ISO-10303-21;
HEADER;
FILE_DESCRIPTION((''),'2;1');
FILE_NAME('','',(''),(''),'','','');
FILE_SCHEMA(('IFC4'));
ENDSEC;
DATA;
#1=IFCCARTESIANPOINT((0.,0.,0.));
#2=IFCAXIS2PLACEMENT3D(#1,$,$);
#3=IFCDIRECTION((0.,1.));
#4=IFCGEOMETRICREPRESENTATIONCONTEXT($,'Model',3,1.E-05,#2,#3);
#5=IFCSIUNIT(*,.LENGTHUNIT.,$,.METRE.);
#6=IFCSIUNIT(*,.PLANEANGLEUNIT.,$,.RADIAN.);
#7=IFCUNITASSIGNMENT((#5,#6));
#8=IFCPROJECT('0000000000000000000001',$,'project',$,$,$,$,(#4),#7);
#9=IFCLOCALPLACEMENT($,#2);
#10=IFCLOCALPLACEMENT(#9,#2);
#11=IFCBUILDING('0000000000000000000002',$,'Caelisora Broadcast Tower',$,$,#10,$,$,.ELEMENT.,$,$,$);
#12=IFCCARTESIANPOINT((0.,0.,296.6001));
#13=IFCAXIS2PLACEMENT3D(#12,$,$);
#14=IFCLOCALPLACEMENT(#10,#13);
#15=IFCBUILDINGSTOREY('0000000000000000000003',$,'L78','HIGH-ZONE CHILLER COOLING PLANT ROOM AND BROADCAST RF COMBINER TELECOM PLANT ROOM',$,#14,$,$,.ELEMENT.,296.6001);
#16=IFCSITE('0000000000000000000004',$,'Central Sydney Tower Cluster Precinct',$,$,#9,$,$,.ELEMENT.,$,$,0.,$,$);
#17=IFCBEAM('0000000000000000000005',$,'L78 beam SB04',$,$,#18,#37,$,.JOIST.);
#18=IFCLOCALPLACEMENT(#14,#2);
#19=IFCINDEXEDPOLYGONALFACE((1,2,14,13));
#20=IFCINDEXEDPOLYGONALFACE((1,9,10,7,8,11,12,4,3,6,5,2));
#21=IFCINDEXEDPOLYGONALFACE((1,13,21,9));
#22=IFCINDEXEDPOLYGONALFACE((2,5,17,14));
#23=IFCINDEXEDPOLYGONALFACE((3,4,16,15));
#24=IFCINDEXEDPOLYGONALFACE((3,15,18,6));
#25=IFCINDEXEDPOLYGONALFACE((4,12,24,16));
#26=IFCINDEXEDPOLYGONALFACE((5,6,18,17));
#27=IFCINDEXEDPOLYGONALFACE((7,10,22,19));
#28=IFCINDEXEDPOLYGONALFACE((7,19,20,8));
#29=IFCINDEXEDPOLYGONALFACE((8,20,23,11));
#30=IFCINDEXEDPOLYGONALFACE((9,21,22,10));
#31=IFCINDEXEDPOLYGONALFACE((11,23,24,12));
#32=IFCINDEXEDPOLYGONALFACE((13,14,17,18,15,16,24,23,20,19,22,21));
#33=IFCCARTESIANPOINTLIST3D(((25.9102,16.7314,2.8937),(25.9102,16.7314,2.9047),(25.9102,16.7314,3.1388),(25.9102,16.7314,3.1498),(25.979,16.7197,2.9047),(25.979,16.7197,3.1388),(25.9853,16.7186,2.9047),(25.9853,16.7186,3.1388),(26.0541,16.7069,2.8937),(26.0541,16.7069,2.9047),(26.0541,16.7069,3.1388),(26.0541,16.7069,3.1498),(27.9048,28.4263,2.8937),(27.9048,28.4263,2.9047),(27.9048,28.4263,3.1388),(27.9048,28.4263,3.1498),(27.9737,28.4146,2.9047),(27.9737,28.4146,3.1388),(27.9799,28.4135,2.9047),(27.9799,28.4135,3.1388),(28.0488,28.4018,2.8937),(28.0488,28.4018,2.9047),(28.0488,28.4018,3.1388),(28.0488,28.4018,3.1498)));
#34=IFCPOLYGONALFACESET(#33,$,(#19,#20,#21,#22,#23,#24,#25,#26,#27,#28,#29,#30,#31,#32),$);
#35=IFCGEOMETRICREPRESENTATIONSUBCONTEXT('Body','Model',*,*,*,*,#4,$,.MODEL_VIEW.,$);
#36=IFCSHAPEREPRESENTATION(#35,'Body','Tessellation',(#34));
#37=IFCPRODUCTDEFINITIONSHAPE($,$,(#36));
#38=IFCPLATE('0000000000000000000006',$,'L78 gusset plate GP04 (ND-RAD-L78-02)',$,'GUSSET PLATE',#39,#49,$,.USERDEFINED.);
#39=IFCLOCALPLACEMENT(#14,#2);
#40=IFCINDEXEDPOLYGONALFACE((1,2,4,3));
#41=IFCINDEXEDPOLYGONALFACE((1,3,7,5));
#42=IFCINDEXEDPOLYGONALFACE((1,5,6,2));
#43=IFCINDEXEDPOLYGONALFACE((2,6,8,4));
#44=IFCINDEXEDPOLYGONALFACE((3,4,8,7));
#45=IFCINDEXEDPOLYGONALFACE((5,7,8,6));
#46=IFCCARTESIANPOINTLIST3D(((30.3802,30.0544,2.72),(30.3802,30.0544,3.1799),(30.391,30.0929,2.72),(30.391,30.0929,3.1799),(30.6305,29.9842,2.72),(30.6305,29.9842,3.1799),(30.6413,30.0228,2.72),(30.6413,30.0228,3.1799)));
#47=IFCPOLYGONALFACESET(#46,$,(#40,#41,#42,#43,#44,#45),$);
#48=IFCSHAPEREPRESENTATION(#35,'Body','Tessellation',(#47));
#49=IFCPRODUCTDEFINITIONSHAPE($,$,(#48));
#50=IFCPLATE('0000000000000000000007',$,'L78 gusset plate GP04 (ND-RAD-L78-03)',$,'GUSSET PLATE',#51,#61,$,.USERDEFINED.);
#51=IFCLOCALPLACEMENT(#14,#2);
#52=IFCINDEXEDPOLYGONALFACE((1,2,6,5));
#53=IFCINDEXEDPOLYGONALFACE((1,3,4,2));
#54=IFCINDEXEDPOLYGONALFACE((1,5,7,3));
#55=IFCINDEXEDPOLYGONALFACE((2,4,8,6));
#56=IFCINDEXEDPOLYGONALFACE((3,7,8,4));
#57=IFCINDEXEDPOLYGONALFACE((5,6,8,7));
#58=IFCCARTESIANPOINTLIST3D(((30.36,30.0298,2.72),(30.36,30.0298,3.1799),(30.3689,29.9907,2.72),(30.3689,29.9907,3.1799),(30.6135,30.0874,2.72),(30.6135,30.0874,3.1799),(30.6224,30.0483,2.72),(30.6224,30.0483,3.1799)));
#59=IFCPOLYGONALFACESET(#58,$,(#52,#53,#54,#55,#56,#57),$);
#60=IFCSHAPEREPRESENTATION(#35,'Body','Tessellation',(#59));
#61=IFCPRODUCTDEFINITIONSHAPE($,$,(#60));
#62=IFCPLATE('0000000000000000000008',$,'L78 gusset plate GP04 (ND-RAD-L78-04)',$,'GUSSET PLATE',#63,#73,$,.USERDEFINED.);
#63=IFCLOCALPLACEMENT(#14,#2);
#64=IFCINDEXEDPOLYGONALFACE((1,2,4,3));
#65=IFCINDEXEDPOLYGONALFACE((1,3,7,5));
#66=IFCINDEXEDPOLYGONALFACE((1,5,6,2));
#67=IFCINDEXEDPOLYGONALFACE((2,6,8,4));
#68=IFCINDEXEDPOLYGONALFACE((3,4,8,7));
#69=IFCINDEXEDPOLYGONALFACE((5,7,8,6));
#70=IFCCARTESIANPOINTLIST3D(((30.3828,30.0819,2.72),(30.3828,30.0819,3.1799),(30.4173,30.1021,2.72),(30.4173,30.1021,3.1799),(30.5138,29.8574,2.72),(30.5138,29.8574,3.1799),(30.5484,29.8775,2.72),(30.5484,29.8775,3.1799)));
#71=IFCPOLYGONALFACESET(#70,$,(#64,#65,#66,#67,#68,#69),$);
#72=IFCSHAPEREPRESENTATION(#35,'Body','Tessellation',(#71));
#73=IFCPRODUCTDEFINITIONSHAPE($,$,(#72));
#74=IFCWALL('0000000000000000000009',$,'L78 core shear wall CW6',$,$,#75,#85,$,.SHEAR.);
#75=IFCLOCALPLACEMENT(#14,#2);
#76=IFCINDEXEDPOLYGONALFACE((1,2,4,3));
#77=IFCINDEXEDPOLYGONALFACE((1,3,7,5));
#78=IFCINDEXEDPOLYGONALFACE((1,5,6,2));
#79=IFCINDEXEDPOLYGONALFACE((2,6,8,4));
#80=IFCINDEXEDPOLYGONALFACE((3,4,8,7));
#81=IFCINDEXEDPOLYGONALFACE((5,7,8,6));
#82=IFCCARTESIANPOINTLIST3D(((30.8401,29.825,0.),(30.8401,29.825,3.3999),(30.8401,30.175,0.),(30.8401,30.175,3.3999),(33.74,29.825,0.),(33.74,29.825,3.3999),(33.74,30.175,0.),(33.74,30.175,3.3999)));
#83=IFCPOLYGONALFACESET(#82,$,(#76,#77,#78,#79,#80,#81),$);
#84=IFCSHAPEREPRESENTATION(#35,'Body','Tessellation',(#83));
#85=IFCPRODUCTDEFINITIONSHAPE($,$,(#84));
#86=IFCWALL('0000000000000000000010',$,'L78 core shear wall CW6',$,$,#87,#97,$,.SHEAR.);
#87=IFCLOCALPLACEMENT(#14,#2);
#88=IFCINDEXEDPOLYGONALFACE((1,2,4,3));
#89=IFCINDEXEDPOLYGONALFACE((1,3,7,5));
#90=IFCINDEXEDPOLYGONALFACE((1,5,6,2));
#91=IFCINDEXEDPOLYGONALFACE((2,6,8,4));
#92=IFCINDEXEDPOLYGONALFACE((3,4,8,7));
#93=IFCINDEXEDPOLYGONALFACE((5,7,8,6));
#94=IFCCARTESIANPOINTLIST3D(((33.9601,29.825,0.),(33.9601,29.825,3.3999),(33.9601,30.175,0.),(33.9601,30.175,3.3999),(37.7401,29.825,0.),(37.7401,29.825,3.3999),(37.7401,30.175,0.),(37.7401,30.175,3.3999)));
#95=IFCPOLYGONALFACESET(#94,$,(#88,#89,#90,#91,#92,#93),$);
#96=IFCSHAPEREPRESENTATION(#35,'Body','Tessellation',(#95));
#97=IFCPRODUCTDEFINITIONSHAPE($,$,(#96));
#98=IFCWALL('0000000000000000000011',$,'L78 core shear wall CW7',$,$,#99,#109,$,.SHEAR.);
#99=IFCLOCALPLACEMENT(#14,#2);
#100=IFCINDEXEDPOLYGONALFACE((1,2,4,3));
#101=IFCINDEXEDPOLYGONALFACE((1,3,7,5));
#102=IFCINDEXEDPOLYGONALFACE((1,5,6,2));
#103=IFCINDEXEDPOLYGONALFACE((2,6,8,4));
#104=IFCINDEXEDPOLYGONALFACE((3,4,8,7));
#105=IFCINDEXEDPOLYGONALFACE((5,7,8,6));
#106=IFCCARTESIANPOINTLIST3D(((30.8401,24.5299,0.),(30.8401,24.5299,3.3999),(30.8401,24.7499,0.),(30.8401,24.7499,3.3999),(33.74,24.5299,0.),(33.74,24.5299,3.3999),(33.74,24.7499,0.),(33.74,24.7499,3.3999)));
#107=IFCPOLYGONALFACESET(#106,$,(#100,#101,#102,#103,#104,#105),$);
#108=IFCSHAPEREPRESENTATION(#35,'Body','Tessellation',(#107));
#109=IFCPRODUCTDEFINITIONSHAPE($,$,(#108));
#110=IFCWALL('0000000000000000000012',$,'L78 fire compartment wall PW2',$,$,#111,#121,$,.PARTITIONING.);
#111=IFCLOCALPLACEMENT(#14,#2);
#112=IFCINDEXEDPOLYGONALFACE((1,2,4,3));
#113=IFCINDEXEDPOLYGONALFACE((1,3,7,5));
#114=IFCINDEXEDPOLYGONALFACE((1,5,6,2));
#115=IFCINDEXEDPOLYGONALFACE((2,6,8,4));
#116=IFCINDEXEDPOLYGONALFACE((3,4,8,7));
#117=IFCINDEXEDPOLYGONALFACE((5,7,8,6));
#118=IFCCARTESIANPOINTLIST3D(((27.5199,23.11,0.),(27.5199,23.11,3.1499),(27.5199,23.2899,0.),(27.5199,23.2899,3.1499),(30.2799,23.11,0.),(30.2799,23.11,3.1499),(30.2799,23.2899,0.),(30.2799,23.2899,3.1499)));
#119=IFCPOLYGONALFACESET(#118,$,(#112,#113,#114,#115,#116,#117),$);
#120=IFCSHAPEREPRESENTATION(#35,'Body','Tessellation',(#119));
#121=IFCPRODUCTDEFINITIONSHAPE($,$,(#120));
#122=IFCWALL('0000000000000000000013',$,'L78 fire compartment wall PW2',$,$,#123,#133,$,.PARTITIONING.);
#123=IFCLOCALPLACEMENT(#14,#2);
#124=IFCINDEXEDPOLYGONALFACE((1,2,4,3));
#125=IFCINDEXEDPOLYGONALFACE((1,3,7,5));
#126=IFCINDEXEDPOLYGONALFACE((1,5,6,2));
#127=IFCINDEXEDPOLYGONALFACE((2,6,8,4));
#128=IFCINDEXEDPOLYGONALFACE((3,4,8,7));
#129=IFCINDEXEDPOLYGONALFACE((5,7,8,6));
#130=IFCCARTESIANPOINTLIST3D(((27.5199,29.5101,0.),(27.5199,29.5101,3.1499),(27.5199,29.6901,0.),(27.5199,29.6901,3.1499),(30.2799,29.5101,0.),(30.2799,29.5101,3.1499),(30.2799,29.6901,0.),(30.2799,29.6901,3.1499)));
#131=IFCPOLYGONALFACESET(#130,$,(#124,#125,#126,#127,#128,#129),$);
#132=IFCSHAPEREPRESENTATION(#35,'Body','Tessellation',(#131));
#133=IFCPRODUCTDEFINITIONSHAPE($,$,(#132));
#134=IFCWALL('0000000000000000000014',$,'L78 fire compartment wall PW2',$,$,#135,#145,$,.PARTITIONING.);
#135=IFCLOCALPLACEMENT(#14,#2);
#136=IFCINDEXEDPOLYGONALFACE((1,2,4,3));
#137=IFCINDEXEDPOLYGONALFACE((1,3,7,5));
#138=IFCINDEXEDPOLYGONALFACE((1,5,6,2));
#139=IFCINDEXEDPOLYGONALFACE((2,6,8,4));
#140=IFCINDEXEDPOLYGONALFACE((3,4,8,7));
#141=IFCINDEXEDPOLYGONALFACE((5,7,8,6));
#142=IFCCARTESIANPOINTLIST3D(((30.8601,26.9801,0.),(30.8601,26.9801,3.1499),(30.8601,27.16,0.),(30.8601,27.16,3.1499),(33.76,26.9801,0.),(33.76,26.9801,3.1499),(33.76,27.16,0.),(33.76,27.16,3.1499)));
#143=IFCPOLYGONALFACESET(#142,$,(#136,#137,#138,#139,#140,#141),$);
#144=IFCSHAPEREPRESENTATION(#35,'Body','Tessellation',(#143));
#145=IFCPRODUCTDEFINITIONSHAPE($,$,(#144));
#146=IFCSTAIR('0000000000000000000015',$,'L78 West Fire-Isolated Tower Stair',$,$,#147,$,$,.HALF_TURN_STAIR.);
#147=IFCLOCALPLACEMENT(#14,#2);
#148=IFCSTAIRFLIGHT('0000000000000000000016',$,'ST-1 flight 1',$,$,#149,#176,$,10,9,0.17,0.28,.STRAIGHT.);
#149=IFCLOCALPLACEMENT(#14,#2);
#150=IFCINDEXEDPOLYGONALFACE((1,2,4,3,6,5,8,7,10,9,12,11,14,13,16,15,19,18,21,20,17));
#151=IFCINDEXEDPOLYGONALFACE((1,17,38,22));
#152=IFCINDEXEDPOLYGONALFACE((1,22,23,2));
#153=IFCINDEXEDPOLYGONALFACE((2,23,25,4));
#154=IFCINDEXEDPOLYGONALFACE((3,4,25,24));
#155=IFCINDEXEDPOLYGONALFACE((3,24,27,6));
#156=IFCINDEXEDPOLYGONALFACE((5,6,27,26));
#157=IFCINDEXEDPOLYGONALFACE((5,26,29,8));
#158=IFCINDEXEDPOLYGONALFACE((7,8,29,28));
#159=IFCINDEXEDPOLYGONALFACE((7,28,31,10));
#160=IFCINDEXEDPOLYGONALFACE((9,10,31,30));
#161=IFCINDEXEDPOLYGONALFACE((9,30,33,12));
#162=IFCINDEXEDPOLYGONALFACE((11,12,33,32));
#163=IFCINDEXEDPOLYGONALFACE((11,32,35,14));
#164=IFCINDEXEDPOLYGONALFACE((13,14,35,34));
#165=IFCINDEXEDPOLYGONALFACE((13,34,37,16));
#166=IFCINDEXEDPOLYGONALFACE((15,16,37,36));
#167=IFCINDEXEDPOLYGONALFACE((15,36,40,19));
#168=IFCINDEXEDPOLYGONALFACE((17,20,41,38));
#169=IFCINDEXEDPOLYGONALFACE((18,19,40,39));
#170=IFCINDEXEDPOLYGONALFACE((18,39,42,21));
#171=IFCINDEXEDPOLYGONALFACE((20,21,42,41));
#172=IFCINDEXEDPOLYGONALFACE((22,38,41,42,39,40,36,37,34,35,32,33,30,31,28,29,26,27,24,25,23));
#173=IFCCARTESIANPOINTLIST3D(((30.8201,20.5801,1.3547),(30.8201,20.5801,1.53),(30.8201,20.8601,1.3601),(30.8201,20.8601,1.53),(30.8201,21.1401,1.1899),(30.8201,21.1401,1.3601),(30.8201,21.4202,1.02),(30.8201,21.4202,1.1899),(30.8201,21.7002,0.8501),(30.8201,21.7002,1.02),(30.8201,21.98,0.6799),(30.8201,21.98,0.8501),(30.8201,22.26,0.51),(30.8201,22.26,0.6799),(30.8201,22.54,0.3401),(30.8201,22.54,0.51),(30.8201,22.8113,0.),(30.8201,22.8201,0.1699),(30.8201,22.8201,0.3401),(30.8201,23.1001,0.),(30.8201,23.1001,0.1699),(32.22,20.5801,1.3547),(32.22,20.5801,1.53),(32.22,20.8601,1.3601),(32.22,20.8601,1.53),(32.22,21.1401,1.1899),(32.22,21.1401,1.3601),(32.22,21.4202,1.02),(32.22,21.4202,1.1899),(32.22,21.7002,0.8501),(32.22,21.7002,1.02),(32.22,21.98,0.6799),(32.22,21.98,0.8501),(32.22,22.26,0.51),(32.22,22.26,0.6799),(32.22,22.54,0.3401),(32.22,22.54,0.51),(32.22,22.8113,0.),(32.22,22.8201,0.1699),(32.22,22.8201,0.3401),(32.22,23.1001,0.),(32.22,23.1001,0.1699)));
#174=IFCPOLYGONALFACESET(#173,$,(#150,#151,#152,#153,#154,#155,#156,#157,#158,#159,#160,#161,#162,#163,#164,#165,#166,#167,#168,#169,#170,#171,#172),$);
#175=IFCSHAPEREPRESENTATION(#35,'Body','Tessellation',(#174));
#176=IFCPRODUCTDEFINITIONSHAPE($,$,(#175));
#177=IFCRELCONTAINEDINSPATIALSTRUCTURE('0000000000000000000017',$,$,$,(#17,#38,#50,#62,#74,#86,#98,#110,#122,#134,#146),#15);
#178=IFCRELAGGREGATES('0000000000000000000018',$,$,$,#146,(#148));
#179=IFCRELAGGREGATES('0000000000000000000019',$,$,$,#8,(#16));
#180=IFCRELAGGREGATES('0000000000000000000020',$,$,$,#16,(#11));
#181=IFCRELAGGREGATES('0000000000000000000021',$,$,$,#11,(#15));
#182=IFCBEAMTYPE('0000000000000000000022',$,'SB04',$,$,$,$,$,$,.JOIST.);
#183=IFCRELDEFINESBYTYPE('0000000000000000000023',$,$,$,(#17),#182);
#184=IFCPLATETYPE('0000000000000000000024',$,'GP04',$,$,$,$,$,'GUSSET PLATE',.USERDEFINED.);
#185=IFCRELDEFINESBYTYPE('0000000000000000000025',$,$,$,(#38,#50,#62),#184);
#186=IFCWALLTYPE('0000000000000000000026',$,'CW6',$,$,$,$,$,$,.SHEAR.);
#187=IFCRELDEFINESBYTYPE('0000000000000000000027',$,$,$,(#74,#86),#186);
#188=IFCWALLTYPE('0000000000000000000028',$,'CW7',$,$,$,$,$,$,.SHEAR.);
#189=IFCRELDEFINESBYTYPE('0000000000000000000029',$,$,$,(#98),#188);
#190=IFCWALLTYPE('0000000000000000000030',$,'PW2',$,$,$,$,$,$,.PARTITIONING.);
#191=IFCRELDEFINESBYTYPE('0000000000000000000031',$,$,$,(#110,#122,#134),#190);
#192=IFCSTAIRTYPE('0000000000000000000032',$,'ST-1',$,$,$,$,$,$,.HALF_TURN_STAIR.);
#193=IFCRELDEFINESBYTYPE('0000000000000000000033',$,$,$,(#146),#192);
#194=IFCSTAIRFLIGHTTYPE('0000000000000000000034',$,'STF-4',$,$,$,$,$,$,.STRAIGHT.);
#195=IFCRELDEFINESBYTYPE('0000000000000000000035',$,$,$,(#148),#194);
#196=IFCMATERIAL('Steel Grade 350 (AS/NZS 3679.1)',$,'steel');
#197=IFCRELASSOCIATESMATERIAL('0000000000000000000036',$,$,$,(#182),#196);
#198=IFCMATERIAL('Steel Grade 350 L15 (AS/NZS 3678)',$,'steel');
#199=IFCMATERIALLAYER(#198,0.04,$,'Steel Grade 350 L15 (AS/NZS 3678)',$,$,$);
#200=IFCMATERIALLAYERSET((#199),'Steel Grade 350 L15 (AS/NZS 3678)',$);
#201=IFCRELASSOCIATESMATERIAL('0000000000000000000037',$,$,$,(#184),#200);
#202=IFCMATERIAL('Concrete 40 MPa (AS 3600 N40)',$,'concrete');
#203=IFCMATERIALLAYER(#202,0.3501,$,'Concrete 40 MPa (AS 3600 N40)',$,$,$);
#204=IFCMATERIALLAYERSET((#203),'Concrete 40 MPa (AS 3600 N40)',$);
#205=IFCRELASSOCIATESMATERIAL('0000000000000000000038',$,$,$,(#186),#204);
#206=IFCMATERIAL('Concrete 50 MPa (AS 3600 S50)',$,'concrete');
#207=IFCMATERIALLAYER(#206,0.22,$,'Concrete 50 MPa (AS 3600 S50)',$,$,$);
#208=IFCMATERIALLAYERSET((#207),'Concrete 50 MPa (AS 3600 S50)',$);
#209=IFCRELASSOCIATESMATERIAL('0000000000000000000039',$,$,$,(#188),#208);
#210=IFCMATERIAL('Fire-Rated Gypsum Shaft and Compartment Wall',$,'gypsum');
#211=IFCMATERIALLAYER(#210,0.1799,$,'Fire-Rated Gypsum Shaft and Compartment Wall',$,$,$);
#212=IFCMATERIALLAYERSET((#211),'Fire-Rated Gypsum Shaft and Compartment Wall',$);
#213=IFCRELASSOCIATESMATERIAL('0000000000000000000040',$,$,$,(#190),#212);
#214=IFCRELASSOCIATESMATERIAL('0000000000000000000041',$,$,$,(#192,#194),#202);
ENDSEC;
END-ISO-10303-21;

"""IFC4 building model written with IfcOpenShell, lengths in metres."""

from ifc_helpers import new_model, si_unit, direction, frame, frame_2d, origin, origin_2d, place, context, subcontext, project, spatial, polyline, rectangle, i_section, outline, extrude, source, transform, mapped, material, layer, layer_set, material_profile, profile_set, type_object, type_shapes, element, aggregate, save


model = new_model("IFC4")

# Units and contexts
model_context = context("Model", 3, precision=1e-05, world=origin(), true_north=direction((0.0, 1.0)))
body_context = subcontext(model_context, "Body", "Model", "MODEL_VIEW")
ifc_project = project(units=[si_unit("LENGTHUNIT", "METRE"), si_unit("PLANEANGLEUNIT", "RADIAN")], contexts=[model_context])

# Site, building, storey
site_placement = place(None, origin())
site = spatial("IfcSite", under=ifc_project, at=site_placement, Name="Central Sydney Tower Cluster Precinct", CompositionType="ELEMENT", RefElevation=0.0)
building_placement = place(site_placement, origin())
building = spatial("IfcBuilding", under=site, at=building_placement, Name="Caelisora Broadcast Tower", CompositionType="ELEMENT")
storey_placement = place(building_placement, frame((0.0, 0.0, 296.6001)))
storey = spatial("IfcBuildingStorey", under=building, at=storey_placement, Name="L78", Description="HIGH-ZONE CHILLER COOLING PLANT ROOM AND BROADCAST RF COMBINER TELECOM PLANT ROOM", CompositionType="ELEMENT", Elevation=296.6001)

# Shared definitions
ifc_material_1 = material(Name="Steel Grade 350 (AS/NZS 3679.1)", Category="steel")

# Beam
ifc_material_2 = material(Name="Concrete 50 MPa (AS 3600 S50)", Category="concrete")
ifc_material_profile_1 = material_profile(ifc_material_1, i_section(OverallWidth=0.146, OverallDepth=0.2561, WebThickness=0.0063, FlangeThickness=0.011, at=origin_2d()), Name="Steel Grade 350 (AS/NZS 3679.1)")
ifc_profile_set_1 = profile_set([ifc_material_profile_1], Name="Steel Grade 350 (AS/NZS 3679.1)")
beam_type_1 = type_object("IfcBeamType", Name="SB04", PredefinedType="JOIST", material=ifc_profile_set_1)
shared_shape_1 = source(origin(), body_context, "Body", "SweptSolid", [
    extrude(i_section(OverallWidth=0.146, OverallDepth=0.2561, WebThickness=0.0063, FlangeThickness=0.011, at=origin_2d()), origin(), (0.0, 0.0, 1.0), 11.8638),
])
beam_1_placement = place(storey_placement, frame((27.9768, 28.4141, 3.0217), z_axis=(-0.168129, -0.985765, 0.0), x_axis=(0.985765, -0.168129, 0.0)))
element("IfcBeam", 1, at=beam_1_placement, inside=storey, type_object=beam_type_1, Name="L78 beam SB04", PredefinedType="JOIST", context=body_context, shape_type="MappedRepresentation", body=[
    mapped(shared_shape_1, transform((0.0, 0.0, 0.0), scale=1.0)),
])

# Plates
ifc_material_3 = material(Name="Steel Grade 350 L15 (AS/NZS 3678)", Category="steel")
ifc_layer_1 = layer(ifc_material_3, 0.04, Name="Steel Grade 350 L15 (AS/NZS 3678)")
ifc_layer_set_1 = layer_set([ifc_layer_1], Name="Steel Grade 350 L15 (AS/NZS 3678)")
plate_type = type_object("IfcPlateType", Name="GP04", ElementType="GUSSET PLATE", PredefinedType="USERDEFINED", material=ifc_layer_set_1)
shared_shape_2 = source(origin(), body_context, "Body", "SweptSolid", [
    extrude(rectangle(XDim=0.26, YDim=0.04, at=origin_2d()), origin(), (0.0, 0.0, 1.0), 0.46),
])
type_shapes(plate_type, [shared_shape_2])
for number, where, z_axis, x_axis, name in (
    (2, (30.5107, 30.0386, 2.72), (0.0, 0.0, 1.0), (-0.96288, 0.269928, 0.0), "L78 gusset plate GP04 (ND-RAD-L78-02)"),
    (3, (30.4912, 30.0391, 2.72), (0.0, 0.0, 1.0), (-0.975149, -0.221548, 0.0), "L78 gusset plate GP04 (ND-RAD-L78-03)"),
    (4, (30.4656, 29.9797, 2.72), (0.0, 0.0, 1.0), (0.504075, -0.86366, 0.0), "L78 gusset plate GP04 (ND-RAD-L78-04)"),
):
    element("IfcPlate", number, at=place(storey_placement, frame(where, z_axis=z_axis, x_axis=x_axis)), inside=storey, type_object=plate_type, Name=name, ObjectType="GUSSET PLATE", PredefinedType="USERDEFINED", context=body_context, shape_type="MappedRepresentation", body=[
        mapped(shared_shape_2, transform((0.0, 0.0, 0.0), scale=1.0)),
    ])

# Walls
ifc_material_4 = material(Name="Concrete 40 MPa (AS 3600 N40)", Category="concrete")
ifc_layer_2 = layer(ifc_material_4, 0.3501, Name="Concrete 40 MPa (AS 3600 N40)")
ifc_layer_set_2 = layer_set([ifc_layer_2], Name="Concrete 40 MPa (AS 3600 N40)")
wall_type_1 = type_object("IfcWallType", Name="CW6", PredefinedType="SHEAR", material=ifc_layer_set_2)
wall_1_placement = place(storey_placement, frame((30.8401, 30.0, 0.0), z_axis=(0.0, 0.0, 1.0), x_axis=(1.0, 0.0, 0.0)))
element("IfcWall", 5, at=wall_1_placement, inside=storey, type_object=wall_type_1, Name="L78 core shear wall CW6", PredefinedType="SHEAR", context=body_context, shape_type="SweptSolid", body=[
    extrude(rectangle(XDim=2.8999, YDim=0.3501, at=frame_2d((1.45, 0.0))), origin(), (0.0, 0.0, 1.0), 3.3999),
])
wall_2_placement = place(storey_placement, frame((33.96, 30.0, 0.0), z_axis=(0.0, 0.0, 1.0), x_axis=(1.0, 0.0, 0.0)))
element("IfcWall", 6, at=wall_2_placement, inside=storey, type_object=wall_type_1, Name="L78 core shear wall CW6", PredefinedType="SHEAR", context=body_context, shape_type="SweptSolid", body=[
    extrude(rectangle(XDim=3.78, YDim=0.3501, at=frame_2d((1.8901, 0.0))), origin(), (0.0, 0.0, 1.0), 3.3999),
])
ifc_layer_3 = layer(ifc_material_2, 0.22, Name="Concrete 50 MPa (AS 3600 S50)")
ifc_layer_set_3 = layer_set([ifc_layer_3], Name="Concrete 50 MPa (AS 3600 S50)")
wall_type_2 = type_object("IfcWallType", Name="CW7", PredefinedType="SHEAR", material=ifc_layer_set_3)
wall_3_placement = place(storey_placement, frame((30.8401, 24.6399, 0.0), z_axis=(0.0, 0.0, 1.0), x_axis=(1.0, 0.0, 0.0)))
element("IfcWall", 7, at=wall_3_placement, inside=storey, type_object=wall_type_2, Name="L78 core shear wall CW7", PredefinedType="SHEAR", context=body_context, shape_type="SweptSolid", body=[
    extrude(rectangle(XDim=2.8999, YDim=0.22, at=frame_2d((1.45, 0.0))), origin(), (0.0, 0.0, 1.0), 3.3999),
])
ifc_material_5 = material(Name="Fire-Rated Gypsum Shaft and Compartment Wall", Category="gypsum")
ifc_layer_4 = layer(ifc_material_5, 0.1799, Name="Fire-Rated Gypsum Shaft and Compartment Wall")
ifc_layer_set_4 = layer_set([ifc_layer_4], Name="Fire-Rated Gypsum Shaft and Compartment Wall")
wall_type_3 = type_object("IfcWallType", Name="PW2", PredefinedType="PARTITIONING", material=ifc_layer_set_4)
for number, where, z_axis, x_axis, name in (
    (8, (27.52, 23.2, 0.0), (0.0, 0.0, 1.0), (1.0, 0.0, 0.0), "L78 fire compartment wall PW2"),
    (9, (27.52, 29.6001, 0.0), (0.0, 0.0, 1.0), (1.0, 0.0, 0.0), "L78 fire compartment wall PW2"),
):
    element("IfcWall", number, at=place(storey_placement, frame(where, z_axis=z_axis, x_axis=x_axis)), inside=storey, type_object=wall_type_3, Name=name, PredefinedType="PARTITIONING", context=body_context, shape_type="SweptSolid", body=[
        extrude(rectangle(XDim=2.76, YDim=0.1799, at=frame_2d((1.3799, 0.0))), origin(), (0.0, 0.0, 1.0), 3.1499),
    ])
wall_4_placement = place(storey_placement, frame((30.8601, 27.0701, 0.0), z_axis=(0.0, 0.0, 1.0), x_axis=(1.0, 0.0, 0.0)))
element("IfcWall", 10, at=wall_4_placement, inside=storey, type_object=wall_type_3, Name="L78 fire compartment wall PW2", PredefinedType="PARTITIONING", context=body_context, shape_type="SweptSolid", body=[
    extrude(rectangle(XDim=2.8999, YDim=0.1799, at=frame_2d((1.45, 0.0))), origin(), (0.0, 0.0, 1.0), 3.1499),
])

# Stair, stair flight
stair_type = type_object("IfcStairType", Name="ST-1", PredefinedType="HALF_TURN_STAIR", material=ifc_material_4)
stair_placement = place(storey_placement, origin())
stair = element("IfcStair", 11, at=stair_placement, inside=storey, type_object=stair_type, Name="L78 West Fire-Isolated Tower Stair", PredefinedType="HALF_TURN_STAIR")
stair_flight_type = type_object("IfcStairFlightType", Name="STF-4", PredefinedType="STRAIGHT", material=ifc_material_4)
stair_flight_placement = place(storey_placement, frame((31.52, 23.1001, 0.0), z_axis=(0.0, 0.0, 1.0), x_axis=(0.0, -1.0, 0.0)))
stair_flight = element("IfcStairFlight", 12, at=stair_flight_placement, type_object=stair_flight_type, Name="ST-1 flight 1", NumberOfRisers=10, NumberOfTreads=9, PredefinedType="STRAIGHT", RiserHeight=0.17, TreadLength=0.28, context=body_context, shape_type="SweptSolid", body=[
    extrude(outline(polyline([(0.0, 0.0), (0.0, 0.1699), (0.28, 0.1699), (0.28, 0.3401), (0.5601, 0.3401), (0.5601, 0.51), (0.8401, 0.51), (0.8401, 0.6799), (1.1201, 0.6799), (1.1201, 0.8501), (1.3999, 0.8501), (1.3999, 1.02), (1.6799, 1.02), (1.6799, 1.1899), (1.96, 1.1899), (1.96, 1.3601), (2.24, 1.3601), (2.24, 1.53), (2.52, 1.53), (2.52, 1.7), (2.52, 1.3547), (0.2888, 0.0), (0.0, 0.0)])), frame((0.0, 0.7, 0.0), z_axis=(0.0, -1.0, 0.0), x_axis=(1.0, 0.0, 0.0)), (0.0, 0.0, 1.0), 1.3999),
])
aggregate(stair, [stair_flight])

save(model, "model.ifc")
